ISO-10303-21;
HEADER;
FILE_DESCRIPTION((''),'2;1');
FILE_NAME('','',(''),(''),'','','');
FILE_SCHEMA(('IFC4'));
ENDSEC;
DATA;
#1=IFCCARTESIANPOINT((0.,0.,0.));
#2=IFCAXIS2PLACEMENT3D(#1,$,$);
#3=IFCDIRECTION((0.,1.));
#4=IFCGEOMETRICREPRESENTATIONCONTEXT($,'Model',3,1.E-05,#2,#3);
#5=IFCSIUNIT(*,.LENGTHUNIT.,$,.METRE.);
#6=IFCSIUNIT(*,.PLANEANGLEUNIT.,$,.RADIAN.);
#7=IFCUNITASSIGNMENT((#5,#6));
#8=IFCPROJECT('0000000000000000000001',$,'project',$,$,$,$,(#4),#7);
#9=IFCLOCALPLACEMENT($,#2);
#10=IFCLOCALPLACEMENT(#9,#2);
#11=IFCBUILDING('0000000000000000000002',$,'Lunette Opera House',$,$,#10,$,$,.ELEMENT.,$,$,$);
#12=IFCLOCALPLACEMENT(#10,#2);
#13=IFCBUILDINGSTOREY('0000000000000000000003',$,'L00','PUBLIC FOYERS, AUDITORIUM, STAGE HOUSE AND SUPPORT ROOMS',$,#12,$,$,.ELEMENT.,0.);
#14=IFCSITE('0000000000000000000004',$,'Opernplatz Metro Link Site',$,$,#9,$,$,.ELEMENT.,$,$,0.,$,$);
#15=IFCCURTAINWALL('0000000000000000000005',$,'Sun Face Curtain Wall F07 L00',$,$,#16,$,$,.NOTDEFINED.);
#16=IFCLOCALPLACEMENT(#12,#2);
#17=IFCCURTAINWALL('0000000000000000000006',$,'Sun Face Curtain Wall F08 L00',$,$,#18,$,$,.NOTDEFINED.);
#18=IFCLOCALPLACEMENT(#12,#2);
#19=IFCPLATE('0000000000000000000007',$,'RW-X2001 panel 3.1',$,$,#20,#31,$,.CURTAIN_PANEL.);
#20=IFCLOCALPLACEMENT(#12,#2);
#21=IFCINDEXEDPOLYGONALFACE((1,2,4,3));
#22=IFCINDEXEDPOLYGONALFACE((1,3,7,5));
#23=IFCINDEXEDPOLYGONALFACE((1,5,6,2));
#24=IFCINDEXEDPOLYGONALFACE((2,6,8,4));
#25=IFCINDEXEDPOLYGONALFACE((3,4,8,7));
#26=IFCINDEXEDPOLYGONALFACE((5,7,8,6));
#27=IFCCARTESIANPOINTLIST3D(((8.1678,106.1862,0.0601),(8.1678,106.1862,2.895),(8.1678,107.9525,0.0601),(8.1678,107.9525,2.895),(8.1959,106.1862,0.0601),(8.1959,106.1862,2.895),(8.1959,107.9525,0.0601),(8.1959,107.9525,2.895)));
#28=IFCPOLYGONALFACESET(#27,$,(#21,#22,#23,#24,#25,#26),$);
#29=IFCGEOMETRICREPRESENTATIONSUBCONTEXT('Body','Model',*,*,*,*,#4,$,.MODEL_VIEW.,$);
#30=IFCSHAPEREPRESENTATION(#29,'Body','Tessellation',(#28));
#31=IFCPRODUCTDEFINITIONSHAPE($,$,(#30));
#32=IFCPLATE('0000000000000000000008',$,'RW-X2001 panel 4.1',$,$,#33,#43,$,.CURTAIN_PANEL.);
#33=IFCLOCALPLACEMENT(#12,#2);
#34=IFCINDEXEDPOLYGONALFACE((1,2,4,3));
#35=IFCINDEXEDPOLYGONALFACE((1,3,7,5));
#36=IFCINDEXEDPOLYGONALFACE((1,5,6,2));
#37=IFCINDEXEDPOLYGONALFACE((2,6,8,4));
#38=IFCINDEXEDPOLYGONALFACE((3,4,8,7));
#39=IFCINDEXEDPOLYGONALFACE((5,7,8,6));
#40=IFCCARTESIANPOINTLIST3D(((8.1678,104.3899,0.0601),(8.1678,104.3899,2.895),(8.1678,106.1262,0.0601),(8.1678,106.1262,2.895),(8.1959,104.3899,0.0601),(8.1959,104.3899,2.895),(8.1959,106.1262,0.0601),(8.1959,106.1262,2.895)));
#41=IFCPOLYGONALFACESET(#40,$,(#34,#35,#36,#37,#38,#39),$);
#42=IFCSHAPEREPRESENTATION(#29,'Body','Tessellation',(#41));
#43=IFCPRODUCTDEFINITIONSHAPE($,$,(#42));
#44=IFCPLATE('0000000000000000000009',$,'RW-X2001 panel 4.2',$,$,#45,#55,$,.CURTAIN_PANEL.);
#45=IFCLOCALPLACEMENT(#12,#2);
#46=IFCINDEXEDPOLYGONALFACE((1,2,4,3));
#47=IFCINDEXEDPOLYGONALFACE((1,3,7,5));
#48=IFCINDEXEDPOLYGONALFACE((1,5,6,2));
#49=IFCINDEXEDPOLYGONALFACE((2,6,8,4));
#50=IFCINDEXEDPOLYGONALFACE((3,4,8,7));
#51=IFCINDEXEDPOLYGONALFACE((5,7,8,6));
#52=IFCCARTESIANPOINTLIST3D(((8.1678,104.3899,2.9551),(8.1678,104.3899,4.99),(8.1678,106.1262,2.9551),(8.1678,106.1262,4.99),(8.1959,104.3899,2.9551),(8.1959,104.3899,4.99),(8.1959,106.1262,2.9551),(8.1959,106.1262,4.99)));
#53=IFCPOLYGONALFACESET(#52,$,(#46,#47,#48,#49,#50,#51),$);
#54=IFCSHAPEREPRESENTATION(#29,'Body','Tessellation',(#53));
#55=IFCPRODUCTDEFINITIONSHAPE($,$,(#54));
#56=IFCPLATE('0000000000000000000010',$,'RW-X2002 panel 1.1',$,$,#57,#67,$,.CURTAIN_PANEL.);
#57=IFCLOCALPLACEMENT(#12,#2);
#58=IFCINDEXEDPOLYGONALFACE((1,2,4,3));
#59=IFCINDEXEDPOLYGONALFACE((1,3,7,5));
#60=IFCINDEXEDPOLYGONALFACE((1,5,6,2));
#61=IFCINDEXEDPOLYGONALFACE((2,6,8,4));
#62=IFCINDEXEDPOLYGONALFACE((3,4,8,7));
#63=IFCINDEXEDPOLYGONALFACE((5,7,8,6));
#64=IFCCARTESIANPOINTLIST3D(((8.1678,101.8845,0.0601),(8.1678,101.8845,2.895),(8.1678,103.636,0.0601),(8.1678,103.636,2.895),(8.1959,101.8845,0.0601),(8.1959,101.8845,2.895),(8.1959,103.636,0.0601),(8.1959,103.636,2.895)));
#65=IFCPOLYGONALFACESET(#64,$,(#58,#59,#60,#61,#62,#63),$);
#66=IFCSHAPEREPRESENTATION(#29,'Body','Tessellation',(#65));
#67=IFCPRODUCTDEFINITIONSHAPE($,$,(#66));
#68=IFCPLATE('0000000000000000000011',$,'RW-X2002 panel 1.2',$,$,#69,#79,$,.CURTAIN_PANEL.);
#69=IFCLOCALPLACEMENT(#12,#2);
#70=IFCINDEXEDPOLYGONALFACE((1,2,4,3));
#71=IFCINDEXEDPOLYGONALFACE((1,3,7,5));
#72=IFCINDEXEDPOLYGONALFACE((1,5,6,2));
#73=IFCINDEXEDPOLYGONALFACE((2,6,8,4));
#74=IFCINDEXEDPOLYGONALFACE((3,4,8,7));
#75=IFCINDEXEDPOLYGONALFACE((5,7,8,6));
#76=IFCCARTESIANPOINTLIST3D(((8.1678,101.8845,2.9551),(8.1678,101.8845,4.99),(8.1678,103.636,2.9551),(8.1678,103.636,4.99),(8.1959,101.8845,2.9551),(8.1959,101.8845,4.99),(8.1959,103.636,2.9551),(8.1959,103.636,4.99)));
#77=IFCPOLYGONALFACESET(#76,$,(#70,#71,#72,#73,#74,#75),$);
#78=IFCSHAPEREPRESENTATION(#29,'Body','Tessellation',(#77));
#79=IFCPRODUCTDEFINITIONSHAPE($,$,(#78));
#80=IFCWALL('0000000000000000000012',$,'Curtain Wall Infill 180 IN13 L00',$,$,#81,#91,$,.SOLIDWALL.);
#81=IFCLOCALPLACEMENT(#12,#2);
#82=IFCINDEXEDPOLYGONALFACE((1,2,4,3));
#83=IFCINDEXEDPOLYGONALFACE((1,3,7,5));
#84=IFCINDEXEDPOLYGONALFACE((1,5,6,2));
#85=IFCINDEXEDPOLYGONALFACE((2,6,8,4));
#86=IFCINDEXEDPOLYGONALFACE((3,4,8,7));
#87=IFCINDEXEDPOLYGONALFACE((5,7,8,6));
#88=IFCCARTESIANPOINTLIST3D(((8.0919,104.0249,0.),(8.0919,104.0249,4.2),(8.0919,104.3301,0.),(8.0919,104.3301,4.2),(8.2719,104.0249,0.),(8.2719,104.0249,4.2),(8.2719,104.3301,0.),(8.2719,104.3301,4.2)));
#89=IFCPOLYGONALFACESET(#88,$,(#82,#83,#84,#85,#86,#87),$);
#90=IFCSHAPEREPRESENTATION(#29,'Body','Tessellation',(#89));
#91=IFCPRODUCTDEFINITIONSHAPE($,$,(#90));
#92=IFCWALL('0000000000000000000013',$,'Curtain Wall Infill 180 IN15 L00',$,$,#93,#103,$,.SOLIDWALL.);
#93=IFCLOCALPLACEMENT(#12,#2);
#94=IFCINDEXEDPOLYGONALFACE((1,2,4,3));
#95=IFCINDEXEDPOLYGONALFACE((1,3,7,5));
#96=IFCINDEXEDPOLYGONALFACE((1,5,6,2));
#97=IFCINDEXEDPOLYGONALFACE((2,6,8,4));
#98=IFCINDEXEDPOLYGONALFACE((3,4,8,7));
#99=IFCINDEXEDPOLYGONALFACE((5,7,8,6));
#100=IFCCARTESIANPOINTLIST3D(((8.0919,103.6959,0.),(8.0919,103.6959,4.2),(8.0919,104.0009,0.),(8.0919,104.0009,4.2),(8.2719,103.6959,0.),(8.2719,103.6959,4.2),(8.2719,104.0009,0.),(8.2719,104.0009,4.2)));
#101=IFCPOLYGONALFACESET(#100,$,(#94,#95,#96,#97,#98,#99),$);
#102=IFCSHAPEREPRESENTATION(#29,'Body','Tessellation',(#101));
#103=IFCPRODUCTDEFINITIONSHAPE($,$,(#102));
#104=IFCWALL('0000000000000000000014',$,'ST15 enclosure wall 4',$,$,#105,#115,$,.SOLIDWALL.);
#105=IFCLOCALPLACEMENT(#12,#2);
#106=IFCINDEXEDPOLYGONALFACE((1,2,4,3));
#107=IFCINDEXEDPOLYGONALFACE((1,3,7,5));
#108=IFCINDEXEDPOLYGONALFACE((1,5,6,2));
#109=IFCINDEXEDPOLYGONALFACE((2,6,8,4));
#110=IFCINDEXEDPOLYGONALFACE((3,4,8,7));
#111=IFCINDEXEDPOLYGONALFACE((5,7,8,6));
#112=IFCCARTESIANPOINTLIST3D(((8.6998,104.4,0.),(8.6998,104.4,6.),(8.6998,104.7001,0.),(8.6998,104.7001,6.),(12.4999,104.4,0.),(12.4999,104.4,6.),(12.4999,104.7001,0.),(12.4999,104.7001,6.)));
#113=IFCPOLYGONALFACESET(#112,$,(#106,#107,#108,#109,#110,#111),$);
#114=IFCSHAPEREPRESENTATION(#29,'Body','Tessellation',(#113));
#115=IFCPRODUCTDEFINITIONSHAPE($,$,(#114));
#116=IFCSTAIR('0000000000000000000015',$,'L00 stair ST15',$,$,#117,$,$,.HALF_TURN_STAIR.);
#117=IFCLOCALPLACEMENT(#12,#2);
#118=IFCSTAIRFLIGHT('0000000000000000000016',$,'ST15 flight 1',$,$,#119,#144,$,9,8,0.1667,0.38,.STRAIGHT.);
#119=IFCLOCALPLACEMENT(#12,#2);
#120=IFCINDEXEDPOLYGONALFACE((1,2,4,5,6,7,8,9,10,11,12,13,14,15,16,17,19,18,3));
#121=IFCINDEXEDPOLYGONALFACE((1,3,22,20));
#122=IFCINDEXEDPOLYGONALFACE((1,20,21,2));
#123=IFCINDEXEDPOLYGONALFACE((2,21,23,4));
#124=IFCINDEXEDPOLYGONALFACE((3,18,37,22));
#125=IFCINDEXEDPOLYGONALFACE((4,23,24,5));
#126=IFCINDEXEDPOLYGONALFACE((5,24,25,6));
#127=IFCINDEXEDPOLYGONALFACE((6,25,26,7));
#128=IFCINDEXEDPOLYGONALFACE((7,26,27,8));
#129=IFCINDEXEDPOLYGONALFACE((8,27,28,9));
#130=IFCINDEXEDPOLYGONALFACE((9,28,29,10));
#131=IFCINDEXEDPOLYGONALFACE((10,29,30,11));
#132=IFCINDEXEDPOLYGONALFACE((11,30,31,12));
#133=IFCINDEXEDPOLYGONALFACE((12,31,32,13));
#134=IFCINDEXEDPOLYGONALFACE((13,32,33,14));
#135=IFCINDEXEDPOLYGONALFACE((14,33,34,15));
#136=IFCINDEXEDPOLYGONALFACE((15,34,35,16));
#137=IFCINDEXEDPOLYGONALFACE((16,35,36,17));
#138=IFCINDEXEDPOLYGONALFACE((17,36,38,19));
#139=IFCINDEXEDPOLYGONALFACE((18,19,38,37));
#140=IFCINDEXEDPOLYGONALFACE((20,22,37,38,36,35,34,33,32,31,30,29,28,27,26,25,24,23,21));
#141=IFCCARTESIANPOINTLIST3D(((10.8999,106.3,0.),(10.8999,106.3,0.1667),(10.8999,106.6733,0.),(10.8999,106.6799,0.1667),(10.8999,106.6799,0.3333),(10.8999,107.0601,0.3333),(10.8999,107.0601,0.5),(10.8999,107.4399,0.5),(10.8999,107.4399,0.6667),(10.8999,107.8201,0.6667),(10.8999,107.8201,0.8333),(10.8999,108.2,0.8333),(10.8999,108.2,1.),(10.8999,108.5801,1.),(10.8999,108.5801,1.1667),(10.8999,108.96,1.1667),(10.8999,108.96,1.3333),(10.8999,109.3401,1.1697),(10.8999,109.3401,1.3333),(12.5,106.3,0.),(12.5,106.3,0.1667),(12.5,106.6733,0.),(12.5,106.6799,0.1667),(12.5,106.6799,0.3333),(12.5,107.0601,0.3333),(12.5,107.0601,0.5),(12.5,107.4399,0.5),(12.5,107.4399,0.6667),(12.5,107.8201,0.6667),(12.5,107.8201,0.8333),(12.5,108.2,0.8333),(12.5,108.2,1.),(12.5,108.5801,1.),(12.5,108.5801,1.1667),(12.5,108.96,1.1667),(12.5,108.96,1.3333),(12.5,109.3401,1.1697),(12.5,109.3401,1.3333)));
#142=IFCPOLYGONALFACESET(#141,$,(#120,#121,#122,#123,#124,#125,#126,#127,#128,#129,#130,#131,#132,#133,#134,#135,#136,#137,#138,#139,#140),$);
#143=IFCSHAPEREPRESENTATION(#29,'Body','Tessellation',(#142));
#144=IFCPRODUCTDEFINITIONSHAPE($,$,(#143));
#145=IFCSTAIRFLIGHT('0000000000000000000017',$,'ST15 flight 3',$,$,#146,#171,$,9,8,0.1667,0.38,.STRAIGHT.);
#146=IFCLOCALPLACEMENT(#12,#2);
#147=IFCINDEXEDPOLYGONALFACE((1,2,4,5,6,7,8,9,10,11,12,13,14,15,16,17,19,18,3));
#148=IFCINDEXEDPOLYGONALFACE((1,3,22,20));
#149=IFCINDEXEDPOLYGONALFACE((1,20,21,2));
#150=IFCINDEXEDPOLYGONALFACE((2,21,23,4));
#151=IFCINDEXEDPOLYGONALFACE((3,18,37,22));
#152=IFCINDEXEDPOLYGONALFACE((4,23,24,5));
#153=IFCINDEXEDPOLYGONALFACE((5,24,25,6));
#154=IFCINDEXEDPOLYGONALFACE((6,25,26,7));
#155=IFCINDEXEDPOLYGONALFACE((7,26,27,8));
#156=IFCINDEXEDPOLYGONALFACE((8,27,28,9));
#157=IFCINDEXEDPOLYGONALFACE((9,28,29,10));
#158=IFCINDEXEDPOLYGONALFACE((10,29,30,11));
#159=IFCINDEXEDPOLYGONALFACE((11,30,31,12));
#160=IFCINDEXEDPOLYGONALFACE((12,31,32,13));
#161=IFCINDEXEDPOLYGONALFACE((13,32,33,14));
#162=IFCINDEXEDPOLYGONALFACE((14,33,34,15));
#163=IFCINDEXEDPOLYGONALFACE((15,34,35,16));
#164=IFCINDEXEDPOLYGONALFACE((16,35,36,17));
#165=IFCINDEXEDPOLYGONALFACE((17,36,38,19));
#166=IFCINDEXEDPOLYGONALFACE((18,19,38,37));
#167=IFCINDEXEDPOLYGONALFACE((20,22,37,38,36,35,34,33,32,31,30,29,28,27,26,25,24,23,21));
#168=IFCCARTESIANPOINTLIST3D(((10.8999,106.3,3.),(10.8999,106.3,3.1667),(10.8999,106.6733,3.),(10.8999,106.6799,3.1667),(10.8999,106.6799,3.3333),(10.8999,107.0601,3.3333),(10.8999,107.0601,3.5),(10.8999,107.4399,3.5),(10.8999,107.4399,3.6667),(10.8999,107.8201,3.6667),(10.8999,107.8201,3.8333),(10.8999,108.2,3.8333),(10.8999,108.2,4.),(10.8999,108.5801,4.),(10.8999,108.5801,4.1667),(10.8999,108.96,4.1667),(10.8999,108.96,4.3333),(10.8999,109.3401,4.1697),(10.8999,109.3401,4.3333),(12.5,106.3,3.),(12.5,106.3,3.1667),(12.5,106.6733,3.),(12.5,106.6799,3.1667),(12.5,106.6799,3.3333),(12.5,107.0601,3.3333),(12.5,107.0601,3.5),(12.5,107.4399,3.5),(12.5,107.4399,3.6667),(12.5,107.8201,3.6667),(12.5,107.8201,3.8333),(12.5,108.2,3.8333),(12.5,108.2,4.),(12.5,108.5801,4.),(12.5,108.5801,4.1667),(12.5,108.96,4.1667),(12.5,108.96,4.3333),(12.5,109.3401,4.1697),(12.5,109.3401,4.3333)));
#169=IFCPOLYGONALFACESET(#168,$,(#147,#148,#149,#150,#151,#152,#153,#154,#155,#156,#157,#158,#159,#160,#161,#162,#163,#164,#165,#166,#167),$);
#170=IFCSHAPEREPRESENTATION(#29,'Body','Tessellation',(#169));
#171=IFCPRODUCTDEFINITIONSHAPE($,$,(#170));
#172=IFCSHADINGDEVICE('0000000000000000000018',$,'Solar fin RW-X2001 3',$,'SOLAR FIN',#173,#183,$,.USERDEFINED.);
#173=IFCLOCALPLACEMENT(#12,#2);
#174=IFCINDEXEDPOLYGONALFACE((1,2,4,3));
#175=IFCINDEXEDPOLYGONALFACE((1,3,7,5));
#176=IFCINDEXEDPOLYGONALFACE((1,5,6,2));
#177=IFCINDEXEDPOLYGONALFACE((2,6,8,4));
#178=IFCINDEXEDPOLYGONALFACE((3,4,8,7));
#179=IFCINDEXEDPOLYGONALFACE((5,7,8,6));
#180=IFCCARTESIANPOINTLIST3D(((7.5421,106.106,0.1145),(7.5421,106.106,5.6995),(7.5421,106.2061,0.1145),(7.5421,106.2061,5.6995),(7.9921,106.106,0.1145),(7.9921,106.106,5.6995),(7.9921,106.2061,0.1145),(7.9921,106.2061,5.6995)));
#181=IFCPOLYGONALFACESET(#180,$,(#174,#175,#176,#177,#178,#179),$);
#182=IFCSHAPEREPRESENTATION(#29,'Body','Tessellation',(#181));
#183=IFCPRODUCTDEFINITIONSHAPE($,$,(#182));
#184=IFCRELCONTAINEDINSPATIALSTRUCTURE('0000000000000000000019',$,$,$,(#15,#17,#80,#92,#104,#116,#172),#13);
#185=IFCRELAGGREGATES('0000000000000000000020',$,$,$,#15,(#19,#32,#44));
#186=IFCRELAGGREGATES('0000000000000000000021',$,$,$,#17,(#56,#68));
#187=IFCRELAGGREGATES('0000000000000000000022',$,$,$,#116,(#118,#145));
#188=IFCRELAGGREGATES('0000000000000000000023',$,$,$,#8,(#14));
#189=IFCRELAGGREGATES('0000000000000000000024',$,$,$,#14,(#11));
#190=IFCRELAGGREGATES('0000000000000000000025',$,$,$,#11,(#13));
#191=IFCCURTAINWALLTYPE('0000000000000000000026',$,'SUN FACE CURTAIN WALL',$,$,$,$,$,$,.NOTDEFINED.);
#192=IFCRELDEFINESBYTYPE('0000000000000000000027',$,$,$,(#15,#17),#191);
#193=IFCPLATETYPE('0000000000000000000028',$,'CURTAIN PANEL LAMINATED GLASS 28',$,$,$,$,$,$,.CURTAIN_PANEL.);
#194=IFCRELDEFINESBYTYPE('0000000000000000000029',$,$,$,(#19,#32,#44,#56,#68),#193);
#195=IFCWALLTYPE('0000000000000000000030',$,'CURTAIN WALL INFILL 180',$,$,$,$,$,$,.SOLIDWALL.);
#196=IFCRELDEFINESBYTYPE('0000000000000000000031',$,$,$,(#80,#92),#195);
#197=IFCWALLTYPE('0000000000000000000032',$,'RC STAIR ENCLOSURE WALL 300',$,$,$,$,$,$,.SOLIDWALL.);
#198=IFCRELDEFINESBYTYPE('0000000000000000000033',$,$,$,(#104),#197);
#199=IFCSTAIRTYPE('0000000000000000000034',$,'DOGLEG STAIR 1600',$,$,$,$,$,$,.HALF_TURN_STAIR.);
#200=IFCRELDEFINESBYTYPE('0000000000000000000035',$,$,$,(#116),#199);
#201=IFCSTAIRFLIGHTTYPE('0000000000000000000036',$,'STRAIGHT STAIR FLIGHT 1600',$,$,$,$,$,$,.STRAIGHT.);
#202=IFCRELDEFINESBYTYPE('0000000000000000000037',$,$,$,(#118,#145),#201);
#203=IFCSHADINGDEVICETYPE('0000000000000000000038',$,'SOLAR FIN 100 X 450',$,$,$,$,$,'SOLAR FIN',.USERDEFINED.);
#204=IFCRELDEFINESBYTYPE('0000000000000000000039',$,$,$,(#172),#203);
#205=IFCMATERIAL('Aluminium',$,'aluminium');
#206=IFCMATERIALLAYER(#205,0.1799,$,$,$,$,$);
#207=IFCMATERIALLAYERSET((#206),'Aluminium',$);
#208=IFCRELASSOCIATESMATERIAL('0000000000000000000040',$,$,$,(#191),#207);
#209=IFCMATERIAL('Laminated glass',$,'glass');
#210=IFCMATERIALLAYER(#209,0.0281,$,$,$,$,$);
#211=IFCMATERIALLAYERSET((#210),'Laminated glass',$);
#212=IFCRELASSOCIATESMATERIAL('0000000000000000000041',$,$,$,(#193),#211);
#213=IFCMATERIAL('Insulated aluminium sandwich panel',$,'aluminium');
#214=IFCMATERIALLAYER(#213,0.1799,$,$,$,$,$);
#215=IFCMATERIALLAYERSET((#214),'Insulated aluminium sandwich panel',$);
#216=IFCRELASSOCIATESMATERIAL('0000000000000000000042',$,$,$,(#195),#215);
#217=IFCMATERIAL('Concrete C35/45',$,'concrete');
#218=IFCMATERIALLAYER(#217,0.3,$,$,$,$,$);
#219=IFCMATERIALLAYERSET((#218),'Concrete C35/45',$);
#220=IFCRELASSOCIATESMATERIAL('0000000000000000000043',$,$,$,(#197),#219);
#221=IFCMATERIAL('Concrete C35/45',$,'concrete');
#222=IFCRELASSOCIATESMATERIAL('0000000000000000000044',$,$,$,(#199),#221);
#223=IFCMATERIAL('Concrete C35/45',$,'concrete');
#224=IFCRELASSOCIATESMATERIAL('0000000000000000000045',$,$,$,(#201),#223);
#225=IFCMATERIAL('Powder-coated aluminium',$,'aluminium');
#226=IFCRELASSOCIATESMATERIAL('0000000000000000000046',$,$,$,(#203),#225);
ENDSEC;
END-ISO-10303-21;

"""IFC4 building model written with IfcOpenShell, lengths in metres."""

from ifc_helpers import new_model, si_unit, direction, frame, frame_2d, origin, origin_2d, place, context, subcontext, project, spatial, polyline, rectangle, outline, extrude, material, layer, layer_set, type_object, element, aggregate, save


model = new_model("IFC4")

# Units and contexts
model_context = context("Model", 3, precision=1e-05, world=origin(), true_north=direction((0.0, 1.0)))
body_context = subcontext(model_context, "Body", "Model", "MODEL_VIEW")
ifc_project = project(units=[si_unit("LENGTHUNIT", "METRE"), si_unit("PLANEANGLEUNIT", "RADIAN")], contexts=[model_context])

# Site, building, storey
site_placement = place(None, origin())
site = spatial("IfcSite", under=ifc_project, at=site_placement, Name="Opernplatz Metro Link Site", CompositionType="ELEMENT", RefElevation=0.0)
building_placement = place(site_placement, origin())
building = spatial("IfcBuilding", under=site, at=building_placement, Name="Lunette Opera House", CompositionType="ELEMENT")
storey_placement = place(building_placement, origin())
storey = spatial("IfcBuildingStorey", under=building, at=storey_placement, Name="L00", Description="PUBLIC FOYERS, AUDITORIUM, STAGE HOUSE AND SUPPORT ROOMS", CompositionType="ELEMENT", Elevation=0.0)

# Curtain walls
ifc_material_1 = material(Name="Aluminium", Category="aluminium")
ifc_layer_1 = layer(ifc_material_1, 0.1799)
ifc_layer_set_1 = layer_set([ifc_layer_1], Name="Aluminium")
curtain_wall_type = type_object("IfcCurtainWallType", Name="SUN FACE CURTAIN WALL", PredefinedType="NOTDEFINED", material=ifc_layer_set_1)
curtain_wall_1_placement = place(storey_placement, origin())
curtain_wall_1 = element("IfcCurtainWall", 1, at=curtain_wall_1_placement, inside=storey, type_object=curtain_wall_type, Name="Sun Face Curtain Wall F07 L00", PredefinedType="NOTDEFINED")
curtain_wall_2_placement = place(storey_placement, origin())
curtain_wall_2 = element("IfcCurtainWall", 2, at=curtain_wall_2_placement, inside=storey, type_object=curtain_wall_type, Name="Sun Face Curtain Wall F08 L00", PredefinedType="NOTDEFINED")

# Plates
ifc_material_2 = material(Name="Laminated glass", Category="glass")
ifc_layer_2 = layer(ifc_material_2, 0.0281)
ifc_layer_set_2 = layer_set([ifc_layer_2], Name="Laminated glass")
plate_type = type_object("IfcPlateType", Name="CURTAIN PANEL LAMINATED GLASS 28", PredefinedType="CURTAIN_PANEL", material=ifc_layer_set_2)
plate_1_placement = place(storey_placement, frame((8.1819, 107.0693, 0.0601), z_axis=(0.0, 0.0, 1.0), x_axis=(0.0, -1.0, 0.0)))
plate_1 = element("IfcPlate", 3, at=plate_1_placement, type_object=plate_type, Name="RW-X2001 panel 3.1", PredefinedType="CURTAIN_PANEL", context=body_context, shape_type="SweptSolid", body=[
    extrude(rectangle(XDim=1.7664, YDim=0.0281, at=origin_2d()), origin(), (0.0, 0.0, 1.0), 2.835),
])
plate_2_placement = place(storey_placement, frame((8.1819, 105.2581, 0.0601), z_axis=(0.0, 0.0, 1.0), x_axis=(0.0, -1.0, 0.0)))
plate_2 = element("IfcPlate", 4, at=plate_2_placement, type_object=plate_type, Name="RW-X2001 panel 4.1", PredefinedType="CURTAIN_PANEL", context=body_context, shape_type="SweptSolid", body=[
    extrude(rectangle(XDim=1.7363, YDim=0.0281, at=origin_2d()), origin(), (0.0, 0.0, 1.0), 2.835),
])
plate_3_placement = place(storey_placement, frame((8.1819, 105.2581, 2.9551), z_axis=(0.0, 0.0, 1.0), x_axis=(0.0, -1.0, 0.0)))
plate_3 = element("IfcPlate", 5, at=plate_3_placement, type_object=plate_type, Name="RW-X2001 panel 4.2", PredefinedType="CURTAIN_PANEL", context=body_context, shape_type="SweptSolid", body=[
    extrude(rectangle(XDim=1.7363, YDim=0.0281, at=origin_2d()), origin(), (0.0, 0.0, 1.0), 2.0349),
])
aggregate(curtain_wall_1, [plate_1, plate_2, plate_3])
plate_4_placement = place(storey_placement, frame((8.1819, 102.7603, 0.0601), z_axis=(0.0, 0.0, 1.0), x_axis=(0.0, -1.0, 0.0)))
plate_4 = element("IfcPlate", 6, at=plate_4_placement, type_object=plate_type, Name="RW-X2002 panel 1.1", PredefinedType="CURTAIN_PANEL", context=body_context, shape_type="SweptSolid", body=[
    extrude(rectangle(XDim=1.7515, YDim=0.0281, at=origin_2d()), origin(), (0.0, 0.0, 1.0), 2.835),
])
plate_5_placement = place(storey_placement, frame((8.1819, 102.7603, 2.9551), z_axis=(0.0, 0.0, 1.0), x_axis=(0.0, -1.0, 0.0)))
plate_5 = element("IfcPlate", 7, at=plate_5_placement, type_object=plate_type, Name="RW-X2002 panel 1.2", PredefinedType="CURTAIN_PANEL", context=body_context, shape_type="SweptSolid", body=[
    extrude(rectangle(XDim=1.7515, YDim=0.0281, at=origin_2d()), origin(), (0.0, 0.0, 1.0), 2.0349),
])
aggregate(curtain_wall_2, [plate_4, plate_5])

# Walls
ifc_material_3 = material(Name="Insulated aluminium sandwich panel", Category="aluminium")
ifc_layer_3 = layer(ifc_material_3, 0.1799)
ifc_layer_set_3 = layer_set([ifc_layer_3], Name="Insulated aluminium sandwich panel")
wall_type_1 = type_object("IfcWallType", Name="CURTAIN WALL INFILL 180", PredefinedType="SOLIDWALL", material=ifc_layer_set_3)
wall_1_placement = place(storey_placement, frame((8.1819, 104.3301, 0.0), z_axis=(0.0, 0.0, 1.0), x_axis=(0.0, -1.0, 0.0)))
element("IfcWall", 8, at=wall_1_placement, inside=storey, type_object=wall_type_1, Name="Curtain Wall Infill 180 IN13 L00", PredefinedType="SOLIDWALL", context=body_context, shape_type="SweptSolid", body=[
    extrude(rectangle(XDim=0.3052, YDim=0.1799, at=frame_2d((0.1526, 0.0))), origin(), (0.0, 0.0, 1.0), 4.2),
])
wall_2_placement = place(storey_placement, frame((8.1819, 103.696, 0.0), z_axis=(0.0, 0.0, 1.0), x_axis=(0.0, 1.0, 0.0)))
element("IfcWall", 9, at=wall_2_placement, inside=storey, type_object=wall_type_1, Name="Curtain Wall Infill 180 IN15 L00", PredefinedType="SOLIDWALL", context=body_context, shape_type="SweptSolid", body=[
    extrude(rectangle(XDim=0.3049, YDim=0.1799, at=frame_2d((0.1523, 0.0))), origin(), (0.0, 0.0, 1.0), 4.2),
])
ifc_material_4 = material(Name="Concrete C35/45", Category="concrete")
ifc_layer_4 = layer(ifc_material_4, 0.3)
ifc_layer_set_4 = layer_set([ifc_layer_4], Name="Concrete C35/45")
wall_type_2 = type_object("IfcWallType", Name="RC STAIR ENCLOSURE WALL 300", PredefinedType="SOLIDWALL", material=ifc_layer_set_4)
wall_3_placement = place(storey_placement, frame((8.7, 104.55, 0.0), z_axis=(0.0, 0.0, 1.0), x_axis=(1.0, 0.0, 0.0)))
element("IfcWall", 10, at=wall_3_placement, inside=storey, type_object=wall_type_2, Name="ST15 enclosure wall 4", PredefinedType="SOLIDWALL", context=body_context, shape_type="SweptSolid", body=[
    extrude(rectangle(XDim=3.8, YDim=0.3, at=frame_2d((1.8999, 0.0))), origin(), (0.0, 0.0, 1.0), 6.0),
])

# Stair, stair flights
ifc_material_5 = material(Name="Concrete C35/45", Category="concrete")
stair_type = type_object("IfcStairType", Name="DOGLEG STAIR 1600", PredefinedType="HALF_TURN_STAIR", material=ifc_material_5)
stair_placement = place(storey_placement, origin())
stair = element("IfcStair", 11, at=stair_placement, inside=storey, type_object=stair_type, Name="L00 stair ST15", PredefinedType="HALF_TURN_STAIR")
ifc_material_6 = material(Name="Concrete C35/45", Category="concrete")
stair_flight_type = type_object("IfcStairFlightType", Name="STRAIGHT STAIR FLIGHT 1600", PredefinedType="STRAIGHT", material=ifc_material_6)
stair_flight_1_placement = place(storey_placement, frame((11.7, 106.3, 0.0), z_axis=(0.0, 0.0, 1.0), x_axis=(0.0, 1.0, 0.0)))
stair_flight_1 = element("IfcStairFlight", 12, at=stair_flight_1_placement, type_object=stair_flight_type, Name="ST15 flight 1", NumberOfRisers=9, NumberOfTreads=8, PredefinedType="STRAIGHT", RiserHeight=0.1667, TreadLength=0.38, context=body_context, shape_type="SweptSolid", body=[
    extrude(outline(polyline([(0.0, 0.0), (0.0, 0.1667), (0.3799, 0.1667), (0.3799, 0.3333), (0.76, 0.3333), (0.76, 0.5), (1.1399, 0.5), (1.1399, 0.6667), (1.52, 0.6667), (1.52, 0.8333), (1.8999, 0.8333), (1.8999, 1.0), (2.28, 1.0), (2.28, 1.1667), (2.6599, 1.1667), (2.6599, 1.3333), (3.04, 1.3333), (3.04, 1.5), (3.04, 1.1697), (0.3733, 0.0), (0.0, 0.0)])), frame((0.0, 0.8, 0.0), z_axis=(0.0, -1.0, 0.0), x_axis=(1.0, 0.0, 0.0)), (0.0, 0.0, 1.0), 1.6001),
])
stair_flight_2_placement = place(storey_placement, frame((11.7, 106.3, 3.0), z_axis=(0.0, 0.0, 1.0), x_axis=(0.0, 1.0, 0.0)))
stair_flight_2 = element("IfcStairFlight", 13, at=stair_flight_2_placement, type_object=stair_flight_type, Name="ST15 flight 3", NumberOfRisers=9, NumberOfTreads=8, PredefinedType="STRAIGHT", RiserHeight=0.1667, TreadLength=0.38, context=body_context, shape_type="SweptSolid", body=[
    extrude(outline(polyline([(0.0, 0.0), (0.0, 0.1667), (0.3799, 0.1667), (0.3799, 0.3333), (0.76, 0.3333), (0.76, 0.5), (1.1399, 0.5), (1.1399, 0.6667), (1.52, 0.6667), (1.52, 0.8333), (1.8999, 0.8333), (1.8999, 1.0), (2.28, 1.0), (2.28, 1.1667), (2.6599, 1.1667), (2.6599, 1.3333), (3.04, 1.3333), (3.04, 1.5), (3.04, 1.1697), (0.3733, 0.0), (0.0, 0.0)])), frame((0.0, 0.8, 0.0), z_axis=(0.0, -1.0, 0.0), x_axis=(1.0, 0.0, 0.0)), (0.0, 0.0, 1.0), 1.6001),
])
aggregate(stair, [stair_flight_1, stair_flight_2])

# Shading device
ifc_material_7 = material(Name="Powder-coated aluminium", Category="aluminium")
shading_device_type = type_object("IfcShadingDeviceType", Name="SOLAR FIN 100 X 450", ElementType="SOLAR FIN", PredefinedType="USERDEFINED", material=ifc_material_7)
for number, where, z_axis, x_axis, name in (
    (14, (7.7671, 106.156, 0.1145), (0.0, 0.0, 1.0), (-1.0, 0.0, 0.0), "Solar fin RW-X2001 3"),
):
    element("IfcShadingDevice", number, at=place(storey_placement, frame(where, z_axis=z_axis, x_axis=x_axis)), inside=storey, type_object=shading_device_type, Name=name, ObjectType="SOLAR FIN", PredefinedType="USERDEFINED", context=body_context, shape_type="SweptSolid", body=[
        extrude(rectangle(XDim=0.45, YDim=0.1001, at=origin_2d()), origin(), (0.0, 0.0, 1.0), 5.585),
    ])

save(model, "model.ifc")
